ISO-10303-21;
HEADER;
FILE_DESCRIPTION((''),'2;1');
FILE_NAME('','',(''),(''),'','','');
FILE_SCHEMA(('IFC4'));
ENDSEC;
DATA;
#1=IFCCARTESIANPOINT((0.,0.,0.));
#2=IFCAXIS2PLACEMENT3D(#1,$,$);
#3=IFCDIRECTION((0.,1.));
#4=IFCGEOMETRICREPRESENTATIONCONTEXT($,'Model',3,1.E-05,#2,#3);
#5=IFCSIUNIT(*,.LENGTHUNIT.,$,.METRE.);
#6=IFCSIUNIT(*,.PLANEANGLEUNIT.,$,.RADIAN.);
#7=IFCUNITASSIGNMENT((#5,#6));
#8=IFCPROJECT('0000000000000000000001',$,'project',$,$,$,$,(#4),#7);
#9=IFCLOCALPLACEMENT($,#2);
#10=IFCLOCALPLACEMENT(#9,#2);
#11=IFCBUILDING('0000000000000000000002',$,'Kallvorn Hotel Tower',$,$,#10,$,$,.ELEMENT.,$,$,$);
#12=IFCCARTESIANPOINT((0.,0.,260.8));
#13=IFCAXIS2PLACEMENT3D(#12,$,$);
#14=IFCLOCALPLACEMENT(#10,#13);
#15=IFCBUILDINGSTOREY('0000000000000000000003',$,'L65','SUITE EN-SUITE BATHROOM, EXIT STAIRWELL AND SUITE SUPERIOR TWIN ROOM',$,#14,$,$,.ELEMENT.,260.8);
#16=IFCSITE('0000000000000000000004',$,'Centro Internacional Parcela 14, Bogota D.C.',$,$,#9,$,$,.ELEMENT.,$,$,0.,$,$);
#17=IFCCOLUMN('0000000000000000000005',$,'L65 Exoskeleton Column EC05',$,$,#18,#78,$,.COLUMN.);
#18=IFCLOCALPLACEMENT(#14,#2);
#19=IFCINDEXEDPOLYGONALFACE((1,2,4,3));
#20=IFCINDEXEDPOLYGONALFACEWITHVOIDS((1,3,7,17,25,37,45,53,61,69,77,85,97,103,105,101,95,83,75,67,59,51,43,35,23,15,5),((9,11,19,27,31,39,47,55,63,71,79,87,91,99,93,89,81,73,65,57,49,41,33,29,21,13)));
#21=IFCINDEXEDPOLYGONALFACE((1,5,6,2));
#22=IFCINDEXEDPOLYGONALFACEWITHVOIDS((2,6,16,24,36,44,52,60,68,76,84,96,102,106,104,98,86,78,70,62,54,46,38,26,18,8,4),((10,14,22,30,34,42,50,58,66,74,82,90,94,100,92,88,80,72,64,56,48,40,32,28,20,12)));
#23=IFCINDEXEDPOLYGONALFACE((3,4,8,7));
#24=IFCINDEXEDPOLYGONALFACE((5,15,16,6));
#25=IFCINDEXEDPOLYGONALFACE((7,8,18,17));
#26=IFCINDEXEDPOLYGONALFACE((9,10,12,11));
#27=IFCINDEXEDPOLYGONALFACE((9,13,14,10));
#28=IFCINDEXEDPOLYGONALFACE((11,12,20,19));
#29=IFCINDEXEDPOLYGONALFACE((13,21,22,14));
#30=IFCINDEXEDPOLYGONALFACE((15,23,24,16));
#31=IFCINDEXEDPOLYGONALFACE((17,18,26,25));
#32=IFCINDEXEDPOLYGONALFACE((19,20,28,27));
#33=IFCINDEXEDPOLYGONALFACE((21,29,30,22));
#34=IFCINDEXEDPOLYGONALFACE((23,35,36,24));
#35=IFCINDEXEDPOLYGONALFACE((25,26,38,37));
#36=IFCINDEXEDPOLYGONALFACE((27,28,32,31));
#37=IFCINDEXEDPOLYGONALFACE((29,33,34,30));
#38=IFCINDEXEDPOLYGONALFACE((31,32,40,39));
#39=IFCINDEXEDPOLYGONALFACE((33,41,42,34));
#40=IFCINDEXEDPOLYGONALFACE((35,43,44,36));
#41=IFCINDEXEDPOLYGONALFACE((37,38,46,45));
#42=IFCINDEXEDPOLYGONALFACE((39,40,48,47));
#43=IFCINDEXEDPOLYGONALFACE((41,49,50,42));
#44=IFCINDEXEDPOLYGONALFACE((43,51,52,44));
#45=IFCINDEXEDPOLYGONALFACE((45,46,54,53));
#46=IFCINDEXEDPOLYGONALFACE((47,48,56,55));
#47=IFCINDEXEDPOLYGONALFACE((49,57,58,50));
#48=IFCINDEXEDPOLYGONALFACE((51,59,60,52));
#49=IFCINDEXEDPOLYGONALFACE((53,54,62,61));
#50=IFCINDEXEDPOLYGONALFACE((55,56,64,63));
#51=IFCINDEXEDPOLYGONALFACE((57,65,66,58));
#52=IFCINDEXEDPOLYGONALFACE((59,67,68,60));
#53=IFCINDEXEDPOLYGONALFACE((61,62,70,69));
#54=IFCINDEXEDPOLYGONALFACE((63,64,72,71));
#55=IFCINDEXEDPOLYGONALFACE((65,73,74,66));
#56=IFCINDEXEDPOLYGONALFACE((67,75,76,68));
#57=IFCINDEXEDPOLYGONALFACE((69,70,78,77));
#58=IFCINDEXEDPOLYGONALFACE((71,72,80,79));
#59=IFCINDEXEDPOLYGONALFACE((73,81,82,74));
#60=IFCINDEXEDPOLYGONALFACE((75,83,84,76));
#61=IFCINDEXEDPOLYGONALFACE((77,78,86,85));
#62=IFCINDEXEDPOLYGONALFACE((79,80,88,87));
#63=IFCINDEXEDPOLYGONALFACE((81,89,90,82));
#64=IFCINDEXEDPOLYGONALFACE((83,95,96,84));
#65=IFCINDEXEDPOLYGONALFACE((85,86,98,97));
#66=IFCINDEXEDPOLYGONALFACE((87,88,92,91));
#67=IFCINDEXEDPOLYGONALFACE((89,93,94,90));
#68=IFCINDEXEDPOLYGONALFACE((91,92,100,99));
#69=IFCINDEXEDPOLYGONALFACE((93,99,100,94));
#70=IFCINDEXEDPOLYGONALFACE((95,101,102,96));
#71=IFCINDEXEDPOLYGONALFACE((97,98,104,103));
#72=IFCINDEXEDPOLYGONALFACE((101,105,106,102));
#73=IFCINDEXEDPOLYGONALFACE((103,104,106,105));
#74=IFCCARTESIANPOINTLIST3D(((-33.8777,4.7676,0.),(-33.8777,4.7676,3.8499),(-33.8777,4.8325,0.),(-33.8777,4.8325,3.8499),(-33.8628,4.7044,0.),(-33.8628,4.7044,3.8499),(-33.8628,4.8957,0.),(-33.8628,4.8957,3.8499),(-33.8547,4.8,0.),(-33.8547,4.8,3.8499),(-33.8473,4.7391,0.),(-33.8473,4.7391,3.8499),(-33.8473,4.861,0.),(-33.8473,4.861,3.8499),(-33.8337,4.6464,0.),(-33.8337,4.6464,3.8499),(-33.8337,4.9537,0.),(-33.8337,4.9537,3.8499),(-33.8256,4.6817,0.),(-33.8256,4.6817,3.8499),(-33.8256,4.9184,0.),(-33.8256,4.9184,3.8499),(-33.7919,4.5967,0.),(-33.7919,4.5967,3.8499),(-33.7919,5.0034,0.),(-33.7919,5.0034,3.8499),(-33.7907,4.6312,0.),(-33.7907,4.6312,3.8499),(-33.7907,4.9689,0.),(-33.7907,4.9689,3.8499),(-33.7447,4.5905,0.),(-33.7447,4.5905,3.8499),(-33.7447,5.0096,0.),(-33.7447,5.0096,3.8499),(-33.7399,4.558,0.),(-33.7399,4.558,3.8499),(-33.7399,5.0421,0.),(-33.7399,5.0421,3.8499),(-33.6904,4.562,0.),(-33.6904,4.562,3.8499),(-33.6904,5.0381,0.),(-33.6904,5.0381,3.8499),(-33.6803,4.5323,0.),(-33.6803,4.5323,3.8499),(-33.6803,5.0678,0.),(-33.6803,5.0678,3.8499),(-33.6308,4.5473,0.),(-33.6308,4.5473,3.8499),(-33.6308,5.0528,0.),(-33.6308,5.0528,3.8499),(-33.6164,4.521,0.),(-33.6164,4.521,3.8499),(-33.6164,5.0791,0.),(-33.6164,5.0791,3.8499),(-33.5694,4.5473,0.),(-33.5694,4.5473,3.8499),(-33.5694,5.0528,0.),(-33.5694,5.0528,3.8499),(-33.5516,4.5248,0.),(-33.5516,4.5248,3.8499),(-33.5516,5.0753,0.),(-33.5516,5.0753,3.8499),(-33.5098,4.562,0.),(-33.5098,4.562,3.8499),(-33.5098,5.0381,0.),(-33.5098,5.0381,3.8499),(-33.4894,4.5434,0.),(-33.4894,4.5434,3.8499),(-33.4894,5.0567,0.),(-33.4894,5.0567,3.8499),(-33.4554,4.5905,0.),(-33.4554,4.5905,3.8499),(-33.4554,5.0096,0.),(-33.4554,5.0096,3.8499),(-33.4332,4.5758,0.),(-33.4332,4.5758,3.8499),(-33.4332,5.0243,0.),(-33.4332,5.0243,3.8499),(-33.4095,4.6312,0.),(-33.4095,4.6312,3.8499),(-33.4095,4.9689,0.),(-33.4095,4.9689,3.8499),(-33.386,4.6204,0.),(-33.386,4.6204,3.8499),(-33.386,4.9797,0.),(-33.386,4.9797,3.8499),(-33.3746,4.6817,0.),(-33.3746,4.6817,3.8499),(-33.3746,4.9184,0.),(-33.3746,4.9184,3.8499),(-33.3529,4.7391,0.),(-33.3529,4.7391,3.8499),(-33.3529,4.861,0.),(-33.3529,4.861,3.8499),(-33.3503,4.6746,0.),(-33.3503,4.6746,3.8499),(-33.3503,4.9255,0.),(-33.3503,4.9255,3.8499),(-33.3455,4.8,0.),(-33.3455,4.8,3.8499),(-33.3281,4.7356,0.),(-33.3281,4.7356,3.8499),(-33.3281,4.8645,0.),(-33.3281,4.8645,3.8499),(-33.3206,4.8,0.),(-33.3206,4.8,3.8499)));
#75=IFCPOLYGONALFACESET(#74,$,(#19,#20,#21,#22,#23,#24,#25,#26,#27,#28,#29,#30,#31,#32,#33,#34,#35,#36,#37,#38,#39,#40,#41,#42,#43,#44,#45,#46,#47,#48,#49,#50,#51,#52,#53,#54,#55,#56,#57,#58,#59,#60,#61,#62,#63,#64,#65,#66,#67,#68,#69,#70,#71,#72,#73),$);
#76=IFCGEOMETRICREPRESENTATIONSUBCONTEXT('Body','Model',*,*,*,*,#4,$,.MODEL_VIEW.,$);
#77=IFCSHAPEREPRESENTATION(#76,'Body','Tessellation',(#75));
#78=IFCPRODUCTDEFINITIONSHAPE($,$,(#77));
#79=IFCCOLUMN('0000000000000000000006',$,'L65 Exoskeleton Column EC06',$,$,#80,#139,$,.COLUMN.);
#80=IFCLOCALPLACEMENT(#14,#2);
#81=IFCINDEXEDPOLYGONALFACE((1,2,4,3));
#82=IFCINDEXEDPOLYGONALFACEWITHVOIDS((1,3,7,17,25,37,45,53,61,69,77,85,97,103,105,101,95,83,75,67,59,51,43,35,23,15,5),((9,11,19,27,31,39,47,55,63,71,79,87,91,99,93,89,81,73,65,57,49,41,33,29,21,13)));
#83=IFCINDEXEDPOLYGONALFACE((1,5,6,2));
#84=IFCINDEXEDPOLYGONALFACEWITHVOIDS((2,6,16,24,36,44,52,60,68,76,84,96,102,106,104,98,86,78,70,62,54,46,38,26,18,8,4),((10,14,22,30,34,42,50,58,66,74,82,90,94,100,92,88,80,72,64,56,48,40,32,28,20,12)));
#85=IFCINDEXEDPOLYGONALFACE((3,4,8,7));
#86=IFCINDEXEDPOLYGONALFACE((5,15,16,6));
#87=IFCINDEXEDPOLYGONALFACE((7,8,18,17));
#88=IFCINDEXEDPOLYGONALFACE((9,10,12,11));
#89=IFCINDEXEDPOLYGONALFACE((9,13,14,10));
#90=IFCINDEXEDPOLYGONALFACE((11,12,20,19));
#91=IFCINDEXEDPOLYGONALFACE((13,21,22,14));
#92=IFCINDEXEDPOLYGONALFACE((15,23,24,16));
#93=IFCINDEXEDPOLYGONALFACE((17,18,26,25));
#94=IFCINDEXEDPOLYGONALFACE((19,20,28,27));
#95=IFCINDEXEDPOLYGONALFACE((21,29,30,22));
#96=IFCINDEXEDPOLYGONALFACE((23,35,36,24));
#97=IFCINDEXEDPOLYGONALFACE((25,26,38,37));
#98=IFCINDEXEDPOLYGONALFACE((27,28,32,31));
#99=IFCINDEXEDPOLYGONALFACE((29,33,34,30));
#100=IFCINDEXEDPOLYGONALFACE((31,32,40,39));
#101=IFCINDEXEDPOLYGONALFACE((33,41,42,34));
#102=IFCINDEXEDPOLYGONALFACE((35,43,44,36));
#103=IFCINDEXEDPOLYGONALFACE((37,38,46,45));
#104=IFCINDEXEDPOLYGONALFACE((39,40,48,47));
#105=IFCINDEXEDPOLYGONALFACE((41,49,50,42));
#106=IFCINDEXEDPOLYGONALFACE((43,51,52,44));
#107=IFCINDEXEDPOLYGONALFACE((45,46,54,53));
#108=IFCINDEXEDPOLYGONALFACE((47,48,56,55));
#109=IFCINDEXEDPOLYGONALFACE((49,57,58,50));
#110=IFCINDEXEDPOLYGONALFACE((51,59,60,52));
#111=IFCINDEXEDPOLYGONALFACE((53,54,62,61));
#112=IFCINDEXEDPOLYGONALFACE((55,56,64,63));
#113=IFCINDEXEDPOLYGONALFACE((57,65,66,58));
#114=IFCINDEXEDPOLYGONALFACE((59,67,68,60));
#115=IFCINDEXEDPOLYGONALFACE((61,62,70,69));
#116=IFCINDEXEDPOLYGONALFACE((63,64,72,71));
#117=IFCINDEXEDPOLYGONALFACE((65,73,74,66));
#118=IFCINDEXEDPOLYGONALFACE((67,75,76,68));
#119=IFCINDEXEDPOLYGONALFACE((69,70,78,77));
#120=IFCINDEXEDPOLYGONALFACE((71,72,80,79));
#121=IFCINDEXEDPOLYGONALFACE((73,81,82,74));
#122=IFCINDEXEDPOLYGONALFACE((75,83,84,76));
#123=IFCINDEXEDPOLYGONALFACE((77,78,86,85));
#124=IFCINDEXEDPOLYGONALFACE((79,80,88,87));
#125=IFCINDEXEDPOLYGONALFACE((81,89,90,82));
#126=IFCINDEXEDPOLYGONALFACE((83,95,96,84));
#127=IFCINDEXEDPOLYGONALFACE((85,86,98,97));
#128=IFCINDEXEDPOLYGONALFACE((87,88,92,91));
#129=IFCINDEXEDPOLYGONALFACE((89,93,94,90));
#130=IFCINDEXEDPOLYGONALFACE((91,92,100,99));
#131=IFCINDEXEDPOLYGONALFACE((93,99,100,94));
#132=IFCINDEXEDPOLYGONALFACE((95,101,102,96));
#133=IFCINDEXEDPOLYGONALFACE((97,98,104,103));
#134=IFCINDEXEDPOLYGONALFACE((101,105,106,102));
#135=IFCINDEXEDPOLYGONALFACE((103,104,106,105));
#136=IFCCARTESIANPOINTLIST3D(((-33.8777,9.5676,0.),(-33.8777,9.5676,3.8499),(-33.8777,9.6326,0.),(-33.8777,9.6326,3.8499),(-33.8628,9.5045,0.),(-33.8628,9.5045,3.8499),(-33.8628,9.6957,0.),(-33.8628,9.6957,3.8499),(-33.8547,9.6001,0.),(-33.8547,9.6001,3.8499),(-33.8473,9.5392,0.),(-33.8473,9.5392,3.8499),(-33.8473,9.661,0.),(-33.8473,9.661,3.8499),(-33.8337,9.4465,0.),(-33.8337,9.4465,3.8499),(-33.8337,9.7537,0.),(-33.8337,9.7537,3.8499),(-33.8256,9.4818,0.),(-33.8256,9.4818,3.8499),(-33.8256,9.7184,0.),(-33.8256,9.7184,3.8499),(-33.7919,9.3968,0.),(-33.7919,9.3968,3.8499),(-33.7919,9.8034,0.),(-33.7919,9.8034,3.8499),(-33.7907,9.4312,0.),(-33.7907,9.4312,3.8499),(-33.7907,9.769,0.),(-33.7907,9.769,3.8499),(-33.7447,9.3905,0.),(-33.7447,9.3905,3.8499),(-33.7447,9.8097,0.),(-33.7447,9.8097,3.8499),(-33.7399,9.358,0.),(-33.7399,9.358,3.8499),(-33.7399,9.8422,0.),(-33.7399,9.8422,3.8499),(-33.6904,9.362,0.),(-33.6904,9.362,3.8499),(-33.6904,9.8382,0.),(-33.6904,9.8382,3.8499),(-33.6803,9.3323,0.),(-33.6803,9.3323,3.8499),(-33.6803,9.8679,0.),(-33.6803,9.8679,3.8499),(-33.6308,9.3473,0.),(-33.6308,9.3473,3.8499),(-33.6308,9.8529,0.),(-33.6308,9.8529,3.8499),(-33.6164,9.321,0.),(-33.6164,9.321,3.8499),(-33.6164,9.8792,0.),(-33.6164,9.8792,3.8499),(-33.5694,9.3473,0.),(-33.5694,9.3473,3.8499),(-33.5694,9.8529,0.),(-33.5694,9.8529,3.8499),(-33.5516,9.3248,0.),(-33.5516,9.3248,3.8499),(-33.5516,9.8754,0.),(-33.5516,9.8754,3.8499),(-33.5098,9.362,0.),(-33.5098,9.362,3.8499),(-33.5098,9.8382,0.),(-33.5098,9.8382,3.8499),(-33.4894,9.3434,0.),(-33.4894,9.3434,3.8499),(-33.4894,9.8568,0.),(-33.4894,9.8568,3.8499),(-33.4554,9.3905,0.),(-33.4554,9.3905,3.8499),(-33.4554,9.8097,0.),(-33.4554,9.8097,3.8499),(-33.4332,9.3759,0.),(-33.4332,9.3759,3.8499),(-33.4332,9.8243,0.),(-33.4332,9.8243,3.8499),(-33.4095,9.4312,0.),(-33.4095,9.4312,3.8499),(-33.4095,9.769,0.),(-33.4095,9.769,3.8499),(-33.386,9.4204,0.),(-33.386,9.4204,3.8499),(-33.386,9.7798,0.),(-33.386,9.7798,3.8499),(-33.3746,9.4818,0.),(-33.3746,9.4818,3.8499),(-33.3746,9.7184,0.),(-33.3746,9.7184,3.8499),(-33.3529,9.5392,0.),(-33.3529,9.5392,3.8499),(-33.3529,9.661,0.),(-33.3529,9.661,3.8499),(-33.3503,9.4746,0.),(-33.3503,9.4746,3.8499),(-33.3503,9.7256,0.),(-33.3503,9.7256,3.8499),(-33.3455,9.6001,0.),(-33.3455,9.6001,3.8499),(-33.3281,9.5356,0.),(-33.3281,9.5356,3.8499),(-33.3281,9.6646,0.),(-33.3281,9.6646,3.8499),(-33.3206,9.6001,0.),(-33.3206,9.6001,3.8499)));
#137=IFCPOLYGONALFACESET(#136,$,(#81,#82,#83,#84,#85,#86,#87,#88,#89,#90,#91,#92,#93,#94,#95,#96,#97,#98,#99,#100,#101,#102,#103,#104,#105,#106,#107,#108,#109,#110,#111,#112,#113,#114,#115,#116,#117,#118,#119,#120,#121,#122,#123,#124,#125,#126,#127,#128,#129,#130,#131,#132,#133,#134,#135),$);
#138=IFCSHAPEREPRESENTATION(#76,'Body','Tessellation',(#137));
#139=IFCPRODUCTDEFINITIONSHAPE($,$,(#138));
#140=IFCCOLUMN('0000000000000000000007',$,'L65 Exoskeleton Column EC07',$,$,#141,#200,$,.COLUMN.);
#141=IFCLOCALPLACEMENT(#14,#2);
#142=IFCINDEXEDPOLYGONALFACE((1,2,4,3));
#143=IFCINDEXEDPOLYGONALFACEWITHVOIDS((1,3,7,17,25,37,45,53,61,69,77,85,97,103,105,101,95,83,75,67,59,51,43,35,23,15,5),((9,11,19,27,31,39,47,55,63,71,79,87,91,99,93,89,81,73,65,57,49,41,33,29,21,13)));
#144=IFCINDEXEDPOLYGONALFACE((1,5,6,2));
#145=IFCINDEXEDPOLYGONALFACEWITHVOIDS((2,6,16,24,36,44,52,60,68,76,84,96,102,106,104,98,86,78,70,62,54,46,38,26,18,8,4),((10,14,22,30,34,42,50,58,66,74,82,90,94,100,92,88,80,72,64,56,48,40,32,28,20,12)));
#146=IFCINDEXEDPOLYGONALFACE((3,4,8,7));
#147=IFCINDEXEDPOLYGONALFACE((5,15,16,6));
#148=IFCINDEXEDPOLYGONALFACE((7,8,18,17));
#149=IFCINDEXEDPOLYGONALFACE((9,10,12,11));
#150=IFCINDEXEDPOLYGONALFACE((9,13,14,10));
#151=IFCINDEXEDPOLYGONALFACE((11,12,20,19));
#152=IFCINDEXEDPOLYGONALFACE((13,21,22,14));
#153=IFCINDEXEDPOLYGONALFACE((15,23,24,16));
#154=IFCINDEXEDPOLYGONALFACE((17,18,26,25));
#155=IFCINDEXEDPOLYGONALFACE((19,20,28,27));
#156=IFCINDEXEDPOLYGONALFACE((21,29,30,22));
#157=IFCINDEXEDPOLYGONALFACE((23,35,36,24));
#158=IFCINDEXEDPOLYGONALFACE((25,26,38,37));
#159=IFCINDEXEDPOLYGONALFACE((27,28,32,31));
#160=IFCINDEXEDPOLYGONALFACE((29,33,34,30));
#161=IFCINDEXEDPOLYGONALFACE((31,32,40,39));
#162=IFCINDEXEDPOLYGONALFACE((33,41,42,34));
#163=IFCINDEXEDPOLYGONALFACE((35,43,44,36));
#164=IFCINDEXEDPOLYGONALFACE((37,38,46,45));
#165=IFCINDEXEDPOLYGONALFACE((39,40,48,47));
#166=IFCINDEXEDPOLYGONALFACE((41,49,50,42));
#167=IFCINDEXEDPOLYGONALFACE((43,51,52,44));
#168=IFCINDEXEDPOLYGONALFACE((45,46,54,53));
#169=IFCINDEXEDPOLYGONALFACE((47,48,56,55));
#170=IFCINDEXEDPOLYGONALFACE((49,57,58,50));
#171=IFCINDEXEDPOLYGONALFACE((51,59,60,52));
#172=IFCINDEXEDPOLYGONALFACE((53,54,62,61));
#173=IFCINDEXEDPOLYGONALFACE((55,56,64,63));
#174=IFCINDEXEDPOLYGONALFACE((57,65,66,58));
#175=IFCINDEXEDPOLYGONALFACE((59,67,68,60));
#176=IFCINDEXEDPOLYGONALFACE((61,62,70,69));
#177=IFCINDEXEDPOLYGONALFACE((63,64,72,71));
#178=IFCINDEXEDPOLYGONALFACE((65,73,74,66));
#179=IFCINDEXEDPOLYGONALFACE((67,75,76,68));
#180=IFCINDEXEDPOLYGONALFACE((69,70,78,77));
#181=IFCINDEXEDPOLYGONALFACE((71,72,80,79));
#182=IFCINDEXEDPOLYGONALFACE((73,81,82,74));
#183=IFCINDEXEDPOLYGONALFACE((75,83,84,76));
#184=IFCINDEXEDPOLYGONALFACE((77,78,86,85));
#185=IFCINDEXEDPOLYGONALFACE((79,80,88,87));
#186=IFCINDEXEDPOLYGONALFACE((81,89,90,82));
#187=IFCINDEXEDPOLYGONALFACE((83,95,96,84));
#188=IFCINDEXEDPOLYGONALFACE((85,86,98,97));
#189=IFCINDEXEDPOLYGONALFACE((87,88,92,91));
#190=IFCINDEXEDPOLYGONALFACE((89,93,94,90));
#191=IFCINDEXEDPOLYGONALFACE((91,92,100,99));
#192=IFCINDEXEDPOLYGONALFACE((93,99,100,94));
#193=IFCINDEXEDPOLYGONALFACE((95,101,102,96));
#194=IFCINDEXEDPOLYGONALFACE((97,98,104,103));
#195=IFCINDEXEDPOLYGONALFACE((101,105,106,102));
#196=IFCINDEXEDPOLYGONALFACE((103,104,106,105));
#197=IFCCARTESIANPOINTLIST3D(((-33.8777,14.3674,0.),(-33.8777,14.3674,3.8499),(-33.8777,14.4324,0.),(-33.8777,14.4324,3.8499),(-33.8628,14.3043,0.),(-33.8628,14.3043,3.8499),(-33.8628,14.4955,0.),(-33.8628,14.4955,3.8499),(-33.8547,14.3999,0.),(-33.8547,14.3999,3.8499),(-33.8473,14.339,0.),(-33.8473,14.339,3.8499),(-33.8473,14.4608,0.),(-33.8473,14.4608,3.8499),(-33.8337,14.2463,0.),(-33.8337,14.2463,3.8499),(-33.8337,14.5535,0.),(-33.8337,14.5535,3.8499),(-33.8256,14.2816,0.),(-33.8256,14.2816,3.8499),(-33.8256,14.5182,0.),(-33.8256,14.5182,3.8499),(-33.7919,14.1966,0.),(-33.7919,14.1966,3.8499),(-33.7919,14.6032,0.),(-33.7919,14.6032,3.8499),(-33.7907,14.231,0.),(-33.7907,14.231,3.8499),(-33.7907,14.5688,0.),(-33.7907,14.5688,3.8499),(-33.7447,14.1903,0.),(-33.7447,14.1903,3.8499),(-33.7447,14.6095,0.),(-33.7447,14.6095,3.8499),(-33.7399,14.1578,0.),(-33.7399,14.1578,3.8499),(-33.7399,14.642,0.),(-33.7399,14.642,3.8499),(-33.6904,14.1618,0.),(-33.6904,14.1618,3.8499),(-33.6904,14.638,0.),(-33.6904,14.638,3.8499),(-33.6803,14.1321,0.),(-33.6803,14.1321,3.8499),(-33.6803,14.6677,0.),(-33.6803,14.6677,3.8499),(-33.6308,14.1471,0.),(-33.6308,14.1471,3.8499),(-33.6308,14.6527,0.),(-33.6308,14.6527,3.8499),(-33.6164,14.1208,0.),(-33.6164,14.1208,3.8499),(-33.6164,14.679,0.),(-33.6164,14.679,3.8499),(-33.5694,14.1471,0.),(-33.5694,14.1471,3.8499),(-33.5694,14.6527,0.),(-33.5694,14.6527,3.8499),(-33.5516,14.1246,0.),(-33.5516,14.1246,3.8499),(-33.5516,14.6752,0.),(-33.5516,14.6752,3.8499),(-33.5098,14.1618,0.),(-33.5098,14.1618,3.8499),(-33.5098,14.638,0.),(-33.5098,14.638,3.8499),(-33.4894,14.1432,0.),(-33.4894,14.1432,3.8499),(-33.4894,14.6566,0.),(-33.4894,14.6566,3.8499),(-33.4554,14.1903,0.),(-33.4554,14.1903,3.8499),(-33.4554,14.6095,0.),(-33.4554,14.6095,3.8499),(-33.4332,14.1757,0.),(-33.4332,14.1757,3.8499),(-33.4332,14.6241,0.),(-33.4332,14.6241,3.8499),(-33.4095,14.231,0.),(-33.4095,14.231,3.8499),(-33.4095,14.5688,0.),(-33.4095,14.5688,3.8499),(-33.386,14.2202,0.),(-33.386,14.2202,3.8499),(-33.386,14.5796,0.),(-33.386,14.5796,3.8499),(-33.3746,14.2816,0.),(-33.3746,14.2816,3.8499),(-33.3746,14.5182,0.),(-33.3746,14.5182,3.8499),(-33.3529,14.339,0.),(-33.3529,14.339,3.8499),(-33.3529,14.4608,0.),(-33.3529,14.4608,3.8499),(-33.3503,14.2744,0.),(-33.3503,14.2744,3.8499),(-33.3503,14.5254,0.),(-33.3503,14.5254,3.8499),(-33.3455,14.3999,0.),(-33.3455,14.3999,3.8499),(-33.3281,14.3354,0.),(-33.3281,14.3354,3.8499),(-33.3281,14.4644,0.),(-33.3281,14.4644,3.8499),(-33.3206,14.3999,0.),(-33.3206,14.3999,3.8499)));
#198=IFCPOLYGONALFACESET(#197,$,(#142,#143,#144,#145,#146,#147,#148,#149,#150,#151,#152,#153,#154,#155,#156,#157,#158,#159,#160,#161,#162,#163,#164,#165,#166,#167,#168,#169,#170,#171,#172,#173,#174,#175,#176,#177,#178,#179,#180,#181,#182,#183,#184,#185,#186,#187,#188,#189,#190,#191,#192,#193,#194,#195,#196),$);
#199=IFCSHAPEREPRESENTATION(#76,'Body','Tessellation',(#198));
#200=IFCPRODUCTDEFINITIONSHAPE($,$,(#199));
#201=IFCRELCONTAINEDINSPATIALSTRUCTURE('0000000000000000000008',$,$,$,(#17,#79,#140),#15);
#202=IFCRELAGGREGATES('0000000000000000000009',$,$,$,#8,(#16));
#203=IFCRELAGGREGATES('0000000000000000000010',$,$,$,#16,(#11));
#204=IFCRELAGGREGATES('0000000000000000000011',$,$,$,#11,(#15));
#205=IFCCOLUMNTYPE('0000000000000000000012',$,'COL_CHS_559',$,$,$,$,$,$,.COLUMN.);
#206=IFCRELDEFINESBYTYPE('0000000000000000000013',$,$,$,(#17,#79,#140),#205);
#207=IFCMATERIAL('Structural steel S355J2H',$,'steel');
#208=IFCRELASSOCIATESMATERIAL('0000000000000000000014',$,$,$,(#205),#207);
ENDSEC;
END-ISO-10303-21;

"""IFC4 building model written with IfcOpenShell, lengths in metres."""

from ifc_helpers import new_model, si_unit, direction, frame, origin, origin_2d, place, context, subcontext, project, spatial, hollow_circle, extrude, material, material_profile, profile_set, type_object, element, save


model = new_model("IFC4")

# Units and contexts
model_context = context("Model", 3, precision=1e-05, world=origin(), true_north=direction((0.0, 1.0)))
body_context = subcontext(model_context, "Body", "Model", "MODEL_VIEW")
ifc_project = project(units=[si_unit("LENGTHUNIT", "METRE"), si_unit("PLANEANGLEUNIT", "RADIAN")], contexts=[model_context])

# Site, building, storey
site_placement = place(None, origin())
site = spatial("IfcSite", under=ifc_project, at=site_placement, Name="Centro Internacional Parcela 14, Bogota D.C.", CompositionType="ELEMENT", RefElevation=0.0)
building_placement = place(site_placement, origin())
building = spatial("IfcBuilding", under=site, at=building_placement, Name="Kallvorn Hotel Tower", CompositionType="ELEMENT")
storey_placement = place(building_placement, frame((0.0, 0.0, 260.8)))
storey = spatial("IfcBuildingStorey", under=building, at=storey_placement, Name="L65", Description="SUITE EN-SUITE BATHROOM, EXIT STAIRWELL AND SUITE SUPERIOR TWIN ROOM", CompositionType="ELEMENT", Elevation=260.8)

# Columns
ifc_material_1 = material(Name="Structural steel S355J2H", Category="steel")
ifc_material_profile_1 = material_profile(ifc_material_1, hollow_circle(Radius=0.2795, WallThickness=0.0249, at=origin_2d()), Name="CHS 559x25")
ifc_profile_set_1 = profile_set([ifc_material_profile_1], Name="Structural steel S355J2H")
column_type = type_object("IfcColumnType", Name="COL_CHS_559", PredefinedType="COLUMN", material=ifc_profile_set_1)
for number, where, z_axis, x_axis, name in (
    (1, (-33.6001, 4.8, 0.0), (0.0, 0.0, 1.0), (1.0, 0.0, 0.0), "L65 Exoskeleton Column EC05"),
    (2, (-33.6001, 9.6001, 0.0), (0.0, 0.0, 1.0), (1.0, 0.0, 0.0), "L65 Exoskeleton Column EC06"),
    (3, (-33.6001, 14.3999, 0.0), (0.0, 0.0, 1.0), (1.0, 0.0, 0.0), "L65 Exoskeleton Column EC07"),
):
    element("IfcColumn", number, at=place(storey_placement, frame(where, z_axis=z_axis, x_axis=x_axis)), inside=storey, type_object=column_type, Name=name, PredefinedType="COLUMN", context=body_context, shape_type="SweptSolid", body=[
        extrude(hollow_circle(Radius=0.2795, WallThickness=0.0249, at=origin_2d()), origin(), (0.0, 0.0, 1.0), 3.8499),
    ])

save(model, "model.ifc")
